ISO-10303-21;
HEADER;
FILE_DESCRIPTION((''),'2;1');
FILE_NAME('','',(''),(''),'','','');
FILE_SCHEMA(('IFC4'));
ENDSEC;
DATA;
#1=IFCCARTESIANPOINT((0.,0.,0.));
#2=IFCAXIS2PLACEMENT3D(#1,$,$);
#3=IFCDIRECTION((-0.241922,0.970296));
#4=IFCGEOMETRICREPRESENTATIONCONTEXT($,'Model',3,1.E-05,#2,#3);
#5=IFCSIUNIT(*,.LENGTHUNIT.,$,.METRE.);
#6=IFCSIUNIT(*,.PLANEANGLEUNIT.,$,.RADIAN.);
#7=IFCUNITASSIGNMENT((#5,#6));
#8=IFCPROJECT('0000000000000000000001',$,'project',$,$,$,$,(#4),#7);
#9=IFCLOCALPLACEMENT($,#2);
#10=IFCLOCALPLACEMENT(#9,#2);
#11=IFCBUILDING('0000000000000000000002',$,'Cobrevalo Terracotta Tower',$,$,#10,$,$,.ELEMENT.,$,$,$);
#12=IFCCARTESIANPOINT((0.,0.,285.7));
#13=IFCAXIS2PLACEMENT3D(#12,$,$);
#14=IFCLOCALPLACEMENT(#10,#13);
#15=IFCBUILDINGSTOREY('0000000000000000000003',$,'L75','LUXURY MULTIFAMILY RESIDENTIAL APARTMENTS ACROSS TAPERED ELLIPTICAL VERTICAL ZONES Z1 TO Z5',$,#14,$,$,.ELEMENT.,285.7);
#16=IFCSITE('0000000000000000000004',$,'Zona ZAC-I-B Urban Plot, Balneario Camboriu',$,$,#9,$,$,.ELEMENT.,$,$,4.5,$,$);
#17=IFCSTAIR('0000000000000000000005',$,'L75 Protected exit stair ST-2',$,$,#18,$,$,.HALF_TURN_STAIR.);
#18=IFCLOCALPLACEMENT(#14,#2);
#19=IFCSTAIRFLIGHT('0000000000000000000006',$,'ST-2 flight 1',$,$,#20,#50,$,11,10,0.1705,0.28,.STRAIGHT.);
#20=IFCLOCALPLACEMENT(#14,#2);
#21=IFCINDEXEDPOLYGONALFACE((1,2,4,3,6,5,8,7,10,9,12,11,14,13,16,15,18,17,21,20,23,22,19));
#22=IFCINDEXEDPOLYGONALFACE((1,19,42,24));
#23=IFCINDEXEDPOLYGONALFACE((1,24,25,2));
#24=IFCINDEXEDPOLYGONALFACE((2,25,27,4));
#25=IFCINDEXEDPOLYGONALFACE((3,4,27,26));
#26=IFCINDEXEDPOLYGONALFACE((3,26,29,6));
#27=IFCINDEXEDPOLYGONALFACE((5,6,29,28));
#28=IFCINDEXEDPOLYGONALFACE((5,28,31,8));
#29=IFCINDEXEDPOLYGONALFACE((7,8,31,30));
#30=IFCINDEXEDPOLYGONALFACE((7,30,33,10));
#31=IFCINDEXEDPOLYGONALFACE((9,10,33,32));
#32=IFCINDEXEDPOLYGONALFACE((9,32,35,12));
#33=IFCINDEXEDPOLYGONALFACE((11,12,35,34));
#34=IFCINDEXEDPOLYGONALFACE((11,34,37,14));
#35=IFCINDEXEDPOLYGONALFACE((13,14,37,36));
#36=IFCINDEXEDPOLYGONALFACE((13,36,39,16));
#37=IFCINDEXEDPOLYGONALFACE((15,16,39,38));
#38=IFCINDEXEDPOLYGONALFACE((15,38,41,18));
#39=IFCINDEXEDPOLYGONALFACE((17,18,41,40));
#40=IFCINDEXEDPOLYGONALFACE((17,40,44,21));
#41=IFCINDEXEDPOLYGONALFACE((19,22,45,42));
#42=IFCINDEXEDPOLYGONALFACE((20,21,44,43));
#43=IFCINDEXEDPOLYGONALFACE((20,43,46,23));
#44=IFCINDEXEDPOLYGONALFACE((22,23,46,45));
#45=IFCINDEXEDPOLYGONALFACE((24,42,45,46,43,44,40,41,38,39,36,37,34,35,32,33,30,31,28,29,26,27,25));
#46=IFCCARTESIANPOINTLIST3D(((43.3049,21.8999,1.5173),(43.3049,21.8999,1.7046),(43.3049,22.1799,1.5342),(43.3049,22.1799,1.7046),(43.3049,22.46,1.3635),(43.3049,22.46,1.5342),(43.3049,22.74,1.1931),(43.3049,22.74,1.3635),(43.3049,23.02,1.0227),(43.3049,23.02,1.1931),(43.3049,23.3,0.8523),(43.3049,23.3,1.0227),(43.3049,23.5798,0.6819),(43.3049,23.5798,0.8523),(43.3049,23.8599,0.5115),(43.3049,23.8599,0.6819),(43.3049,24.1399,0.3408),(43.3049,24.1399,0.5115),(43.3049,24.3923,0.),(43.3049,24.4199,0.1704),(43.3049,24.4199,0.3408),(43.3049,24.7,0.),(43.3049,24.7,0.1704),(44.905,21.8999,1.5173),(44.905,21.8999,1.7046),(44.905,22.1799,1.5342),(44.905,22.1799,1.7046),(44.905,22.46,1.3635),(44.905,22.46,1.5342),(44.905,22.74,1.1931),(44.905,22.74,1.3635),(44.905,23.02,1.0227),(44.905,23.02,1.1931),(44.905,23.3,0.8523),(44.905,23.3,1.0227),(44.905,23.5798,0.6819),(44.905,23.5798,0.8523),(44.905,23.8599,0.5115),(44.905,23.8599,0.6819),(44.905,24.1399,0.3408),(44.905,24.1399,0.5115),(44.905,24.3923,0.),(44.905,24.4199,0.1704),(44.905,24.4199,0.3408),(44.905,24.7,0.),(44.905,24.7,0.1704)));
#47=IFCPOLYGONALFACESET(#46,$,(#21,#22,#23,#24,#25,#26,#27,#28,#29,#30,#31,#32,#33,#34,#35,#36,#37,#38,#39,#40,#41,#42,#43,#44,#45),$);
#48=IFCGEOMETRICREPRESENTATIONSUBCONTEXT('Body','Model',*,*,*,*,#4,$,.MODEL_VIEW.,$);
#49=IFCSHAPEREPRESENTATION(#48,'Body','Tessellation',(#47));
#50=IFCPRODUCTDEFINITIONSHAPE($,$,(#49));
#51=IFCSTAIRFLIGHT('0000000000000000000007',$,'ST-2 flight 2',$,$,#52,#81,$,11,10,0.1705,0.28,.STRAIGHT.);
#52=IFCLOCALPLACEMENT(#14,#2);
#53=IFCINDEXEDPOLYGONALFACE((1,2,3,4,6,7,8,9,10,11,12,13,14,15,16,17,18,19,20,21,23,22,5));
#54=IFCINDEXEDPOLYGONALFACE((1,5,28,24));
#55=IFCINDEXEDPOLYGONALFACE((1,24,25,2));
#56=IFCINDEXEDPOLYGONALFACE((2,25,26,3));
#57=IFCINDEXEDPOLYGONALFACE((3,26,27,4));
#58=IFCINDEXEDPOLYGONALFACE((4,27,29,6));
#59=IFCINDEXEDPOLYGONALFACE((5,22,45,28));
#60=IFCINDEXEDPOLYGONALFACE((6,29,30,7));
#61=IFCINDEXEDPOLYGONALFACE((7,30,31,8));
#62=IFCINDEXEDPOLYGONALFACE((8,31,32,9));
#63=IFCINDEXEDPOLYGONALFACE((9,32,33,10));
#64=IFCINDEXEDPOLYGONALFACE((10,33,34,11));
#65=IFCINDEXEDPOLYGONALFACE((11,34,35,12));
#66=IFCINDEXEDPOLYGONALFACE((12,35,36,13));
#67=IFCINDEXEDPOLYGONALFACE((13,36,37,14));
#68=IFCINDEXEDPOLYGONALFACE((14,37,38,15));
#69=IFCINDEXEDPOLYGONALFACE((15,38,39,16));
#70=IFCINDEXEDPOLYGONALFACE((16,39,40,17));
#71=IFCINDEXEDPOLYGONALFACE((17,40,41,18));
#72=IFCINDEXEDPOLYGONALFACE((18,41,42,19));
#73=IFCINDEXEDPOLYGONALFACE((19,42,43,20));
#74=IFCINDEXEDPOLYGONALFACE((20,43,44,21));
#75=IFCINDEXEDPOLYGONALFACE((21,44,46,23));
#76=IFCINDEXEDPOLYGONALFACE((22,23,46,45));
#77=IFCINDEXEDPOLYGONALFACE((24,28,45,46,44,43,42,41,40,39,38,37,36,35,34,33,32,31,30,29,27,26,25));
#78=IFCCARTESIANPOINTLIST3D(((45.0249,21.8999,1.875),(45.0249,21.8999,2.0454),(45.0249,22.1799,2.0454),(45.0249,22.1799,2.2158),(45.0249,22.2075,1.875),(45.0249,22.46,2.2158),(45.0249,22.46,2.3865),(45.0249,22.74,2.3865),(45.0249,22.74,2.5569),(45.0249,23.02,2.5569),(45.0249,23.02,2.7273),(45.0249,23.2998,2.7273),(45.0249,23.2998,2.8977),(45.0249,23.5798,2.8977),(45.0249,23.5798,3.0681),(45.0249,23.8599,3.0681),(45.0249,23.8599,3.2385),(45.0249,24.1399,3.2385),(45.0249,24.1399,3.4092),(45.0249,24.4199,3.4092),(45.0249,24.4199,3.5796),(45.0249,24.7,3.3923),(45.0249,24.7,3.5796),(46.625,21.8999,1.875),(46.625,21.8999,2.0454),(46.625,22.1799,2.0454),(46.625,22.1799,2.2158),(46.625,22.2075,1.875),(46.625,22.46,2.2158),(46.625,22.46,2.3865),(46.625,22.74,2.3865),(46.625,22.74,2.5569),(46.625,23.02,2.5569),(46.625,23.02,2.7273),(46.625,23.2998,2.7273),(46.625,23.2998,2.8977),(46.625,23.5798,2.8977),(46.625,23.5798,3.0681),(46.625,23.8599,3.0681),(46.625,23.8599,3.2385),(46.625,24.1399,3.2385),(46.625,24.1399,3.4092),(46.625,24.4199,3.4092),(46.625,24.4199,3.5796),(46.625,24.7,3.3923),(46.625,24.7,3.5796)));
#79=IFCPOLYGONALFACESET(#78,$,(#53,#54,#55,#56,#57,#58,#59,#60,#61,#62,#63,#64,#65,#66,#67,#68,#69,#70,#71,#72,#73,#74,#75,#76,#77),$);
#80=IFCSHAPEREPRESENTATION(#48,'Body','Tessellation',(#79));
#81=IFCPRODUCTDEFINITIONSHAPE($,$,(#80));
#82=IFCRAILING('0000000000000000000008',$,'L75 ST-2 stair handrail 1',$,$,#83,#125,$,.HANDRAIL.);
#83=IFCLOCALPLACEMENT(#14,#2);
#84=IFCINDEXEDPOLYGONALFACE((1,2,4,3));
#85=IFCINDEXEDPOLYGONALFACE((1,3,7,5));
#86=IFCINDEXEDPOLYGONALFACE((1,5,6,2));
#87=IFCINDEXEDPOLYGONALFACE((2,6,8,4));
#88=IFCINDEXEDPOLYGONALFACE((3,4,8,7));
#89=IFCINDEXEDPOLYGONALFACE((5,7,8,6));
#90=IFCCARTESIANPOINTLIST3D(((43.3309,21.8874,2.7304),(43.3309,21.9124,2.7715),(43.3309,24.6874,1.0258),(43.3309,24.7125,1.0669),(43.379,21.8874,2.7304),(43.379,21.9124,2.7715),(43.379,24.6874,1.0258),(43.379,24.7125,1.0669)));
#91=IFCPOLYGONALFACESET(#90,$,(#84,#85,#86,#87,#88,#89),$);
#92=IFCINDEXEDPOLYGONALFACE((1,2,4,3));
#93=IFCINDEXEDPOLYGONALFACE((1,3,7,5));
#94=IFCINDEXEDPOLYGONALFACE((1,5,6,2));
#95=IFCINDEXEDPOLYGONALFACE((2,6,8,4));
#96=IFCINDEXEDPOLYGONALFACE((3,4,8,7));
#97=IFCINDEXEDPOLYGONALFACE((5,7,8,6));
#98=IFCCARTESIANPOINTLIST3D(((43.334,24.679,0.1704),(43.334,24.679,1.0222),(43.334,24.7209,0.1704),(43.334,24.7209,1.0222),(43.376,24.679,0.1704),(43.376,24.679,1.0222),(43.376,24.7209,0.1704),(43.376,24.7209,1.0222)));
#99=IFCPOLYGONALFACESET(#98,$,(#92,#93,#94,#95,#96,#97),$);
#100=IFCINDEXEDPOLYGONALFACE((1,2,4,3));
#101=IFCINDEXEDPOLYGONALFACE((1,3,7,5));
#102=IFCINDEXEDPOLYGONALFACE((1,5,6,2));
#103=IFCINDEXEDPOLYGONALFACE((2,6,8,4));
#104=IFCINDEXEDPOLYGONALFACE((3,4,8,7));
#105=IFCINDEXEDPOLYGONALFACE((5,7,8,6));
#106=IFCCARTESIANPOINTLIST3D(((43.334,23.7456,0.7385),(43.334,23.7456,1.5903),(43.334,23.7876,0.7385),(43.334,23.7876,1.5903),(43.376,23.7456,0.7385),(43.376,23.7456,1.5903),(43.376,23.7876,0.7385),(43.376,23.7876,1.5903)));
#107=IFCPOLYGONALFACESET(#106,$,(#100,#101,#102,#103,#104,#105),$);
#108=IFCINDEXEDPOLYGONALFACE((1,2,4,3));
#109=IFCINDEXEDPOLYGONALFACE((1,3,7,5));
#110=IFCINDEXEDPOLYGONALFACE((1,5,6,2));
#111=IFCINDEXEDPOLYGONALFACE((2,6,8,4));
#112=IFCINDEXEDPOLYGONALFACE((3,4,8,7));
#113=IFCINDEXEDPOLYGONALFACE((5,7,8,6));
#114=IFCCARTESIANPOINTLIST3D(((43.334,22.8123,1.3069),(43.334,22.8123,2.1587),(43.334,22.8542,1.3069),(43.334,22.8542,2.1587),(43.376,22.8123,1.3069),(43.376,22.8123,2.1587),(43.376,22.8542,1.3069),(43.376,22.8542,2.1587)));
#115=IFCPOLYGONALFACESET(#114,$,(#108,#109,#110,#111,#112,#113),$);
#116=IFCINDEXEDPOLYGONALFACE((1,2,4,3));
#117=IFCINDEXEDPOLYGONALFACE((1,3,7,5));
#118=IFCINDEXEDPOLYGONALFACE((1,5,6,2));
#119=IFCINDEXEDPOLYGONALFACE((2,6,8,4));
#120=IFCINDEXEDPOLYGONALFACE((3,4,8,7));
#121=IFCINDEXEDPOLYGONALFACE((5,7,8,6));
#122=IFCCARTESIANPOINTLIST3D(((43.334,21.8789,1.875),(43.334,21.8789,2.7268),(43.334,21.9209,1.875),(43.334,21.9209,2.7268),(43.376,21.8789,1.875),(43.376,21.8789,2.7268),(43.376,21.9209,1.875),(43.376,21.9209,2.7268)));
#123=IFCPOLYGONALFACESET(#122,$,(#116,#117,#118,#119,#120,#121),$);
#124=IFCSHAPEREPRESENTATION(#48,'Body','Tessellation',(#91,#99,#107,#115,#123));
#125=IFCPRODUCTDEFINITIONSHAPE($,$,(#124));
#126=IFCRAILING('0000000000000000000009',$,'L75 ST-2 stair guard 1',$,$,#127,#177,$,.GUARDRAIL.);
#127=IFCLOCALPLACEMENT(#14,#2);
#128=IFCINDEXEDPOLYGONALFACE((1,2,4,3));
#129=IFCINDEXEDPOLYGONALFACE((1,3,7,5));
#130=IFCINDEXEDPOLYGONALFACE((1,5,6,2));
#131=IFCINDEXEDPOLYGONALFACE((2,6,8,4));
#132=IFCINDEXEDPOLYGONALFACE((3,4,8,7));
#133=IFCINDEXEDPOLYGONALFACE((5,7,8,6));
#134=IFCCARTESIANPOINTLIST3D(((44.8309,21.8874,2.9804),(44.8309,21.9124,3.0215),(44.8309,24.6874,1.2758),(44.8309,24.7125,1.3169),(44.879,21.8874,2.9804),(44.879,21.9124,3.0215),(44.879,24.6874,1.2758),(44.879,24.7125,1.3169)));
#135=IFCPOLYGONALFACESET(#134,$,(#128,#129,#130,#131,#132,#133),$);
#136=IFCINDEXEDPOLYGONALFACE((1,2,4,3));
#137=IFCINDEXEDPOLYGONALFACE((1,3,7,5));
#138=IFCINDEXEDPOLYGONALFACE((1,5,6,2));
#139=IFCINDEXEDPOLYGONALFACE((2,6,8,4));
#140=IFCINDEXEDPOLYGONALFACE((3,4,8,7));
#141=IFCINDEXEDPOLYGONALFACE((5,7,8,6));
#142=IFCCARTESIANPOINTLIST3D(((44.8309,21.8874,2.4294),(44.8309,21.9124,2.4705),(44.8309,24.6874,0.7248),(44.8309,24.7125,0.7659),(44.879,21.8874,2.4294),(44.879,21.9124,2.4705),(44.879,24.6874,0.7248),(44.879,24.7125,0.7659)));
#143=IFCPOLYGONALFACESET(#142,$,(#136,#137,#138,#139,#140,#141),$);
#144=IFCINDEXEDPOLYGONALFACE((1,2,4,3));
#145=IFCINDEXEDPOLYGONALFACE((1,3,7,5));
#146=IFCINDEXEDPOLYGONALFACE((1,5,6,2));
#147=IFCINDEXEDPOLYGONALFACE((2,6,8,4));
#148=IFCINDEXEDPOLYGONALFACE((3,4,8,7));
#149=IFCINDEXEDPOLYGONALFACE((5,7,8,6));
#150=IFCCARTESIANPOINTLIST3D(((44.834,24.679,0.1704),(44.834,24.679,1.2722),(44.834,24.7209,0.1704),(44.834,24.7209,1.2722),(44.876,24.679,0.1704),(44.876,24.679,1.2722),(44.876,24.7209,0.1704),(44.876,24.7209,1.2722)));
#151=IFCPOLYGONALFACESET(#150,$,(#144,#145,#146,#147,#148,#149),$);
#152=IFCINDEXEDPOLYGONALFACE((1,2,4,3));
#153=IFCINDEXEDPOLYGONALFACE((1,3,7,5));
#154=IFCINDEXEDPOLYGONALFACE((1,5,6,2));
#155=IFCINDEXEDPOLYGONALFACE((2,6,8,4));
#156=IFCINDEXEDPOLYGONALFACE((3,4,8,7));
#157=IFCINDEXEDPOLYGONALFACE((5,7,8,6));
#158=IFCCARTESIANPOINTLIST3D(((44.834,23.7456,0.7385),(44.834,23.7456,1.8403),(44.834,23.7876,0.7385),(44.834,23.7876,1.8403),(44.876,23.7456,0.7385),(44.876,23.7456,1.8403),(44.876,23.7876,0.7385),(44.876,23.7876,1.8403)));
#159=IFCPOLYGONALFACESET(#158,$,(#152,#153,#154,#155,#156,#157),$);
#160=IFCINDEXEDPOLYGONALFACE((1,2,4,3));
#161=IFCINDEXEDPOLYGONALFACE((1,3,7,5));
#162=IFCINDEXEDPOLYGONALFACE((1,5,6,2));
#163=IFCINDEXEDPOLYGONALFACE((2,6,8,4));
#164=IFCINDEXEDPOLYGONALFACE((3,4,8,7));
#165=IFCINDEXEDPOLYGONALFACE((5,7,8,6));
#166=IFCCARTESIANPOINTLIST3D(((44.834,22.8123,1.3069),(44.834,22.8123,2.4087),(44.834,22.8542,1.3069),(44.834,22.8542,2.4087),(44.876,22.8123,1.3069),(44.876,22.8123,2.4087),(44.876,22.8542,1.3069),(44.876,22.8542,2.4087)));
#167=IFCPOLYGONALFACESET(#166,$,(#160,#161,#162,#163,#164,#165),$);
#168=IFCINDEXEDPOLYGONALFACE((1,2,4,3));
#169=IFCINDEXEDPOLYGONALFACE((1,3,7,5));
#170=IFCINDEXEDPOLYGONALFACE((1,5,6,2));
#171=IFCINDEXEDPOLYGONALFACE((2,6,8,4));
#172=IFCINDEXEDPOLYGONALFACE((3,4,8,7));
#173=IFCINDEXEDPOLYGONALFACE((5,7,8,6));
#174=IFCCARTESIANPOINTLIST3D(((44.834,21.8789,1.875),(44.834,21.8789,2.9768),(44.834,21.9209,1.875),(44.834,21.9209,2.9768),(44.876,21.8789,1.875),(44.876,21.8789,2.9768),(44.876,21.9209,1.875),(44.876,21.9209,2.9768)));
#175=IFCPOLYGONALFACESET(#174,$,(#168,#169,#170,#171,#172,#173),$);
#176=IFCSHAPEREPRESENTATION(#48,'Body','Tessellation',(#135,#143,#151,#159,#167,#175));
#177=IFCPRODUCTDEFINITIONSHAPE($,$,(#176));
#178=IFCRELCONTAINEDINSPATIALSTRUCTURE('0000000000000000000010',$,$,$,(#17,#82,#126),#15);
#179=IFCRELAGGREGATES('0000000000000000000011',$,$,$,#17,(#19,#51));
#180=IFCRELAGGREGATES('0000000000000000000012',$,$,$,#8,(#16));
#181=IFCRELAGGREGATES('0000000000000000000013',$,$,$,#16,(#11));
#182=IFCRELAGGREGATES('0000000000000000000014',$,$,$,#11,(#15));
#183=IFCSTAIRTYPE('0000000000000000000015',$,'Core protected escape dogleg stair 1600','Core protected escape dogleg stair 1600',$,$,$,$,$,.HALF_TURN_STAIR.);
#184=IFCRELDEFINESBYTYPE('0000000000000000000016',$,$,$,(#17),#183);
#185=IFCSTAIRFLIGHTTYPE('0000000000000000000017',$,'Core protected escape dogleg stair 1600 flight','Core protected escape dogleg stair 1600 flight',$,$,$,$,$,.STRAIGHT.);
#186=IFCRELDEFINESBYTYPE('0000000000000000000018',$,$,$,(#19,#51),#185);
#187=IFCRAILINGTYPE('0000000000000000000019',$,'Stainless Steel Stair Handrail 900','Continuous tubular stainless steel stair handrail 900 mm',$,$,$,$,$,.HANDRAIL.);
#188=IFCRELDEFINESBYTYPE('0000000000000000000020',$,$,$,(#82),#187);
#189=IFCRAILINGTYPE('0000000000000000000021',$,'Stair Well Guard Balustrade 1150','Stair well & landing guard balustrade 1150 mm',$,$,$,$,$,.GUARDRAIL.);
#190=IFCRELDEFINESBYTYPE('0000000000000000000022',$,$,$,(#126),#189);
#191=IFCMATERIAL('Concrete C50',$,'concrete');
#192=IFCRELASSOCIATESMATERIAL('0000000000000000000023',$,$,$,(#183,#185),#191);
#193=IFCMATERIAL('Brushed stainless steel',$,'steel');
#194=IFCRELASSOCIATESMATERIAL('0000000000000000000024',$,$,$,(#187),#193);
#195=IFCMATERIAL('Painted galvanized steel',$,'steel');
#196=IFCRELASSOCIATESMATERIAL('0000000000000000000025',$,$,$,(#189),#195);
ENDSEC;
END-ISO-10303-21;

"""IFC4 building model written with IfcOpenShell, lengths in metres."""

from ifc_helpers import new_model, si_unit, direction, frame, origin, origin_2d, place, context, subcontext, project, spatial, polyline, rectangle, outline, extrude, material, type_object, element, aggregate, save


model = new_model("IFC4")

# Units and contexts
model_context = context("Model", 3, precision=1e-05, world=origin(), true_north=direction((-0.241922, 0.970296)))
body_context = subcontext(model_context, "Body", "Model", "MODEL_VIEW")
ifc_project = project(units=[si_unit("LENGTHUNIT", "METRE"), si_unit("PLANEANGLEUNIT", "RADIAN")], contexts=[model_context])

# Site, building, storey
site_placement = place(None, origin())
site = spatial("IfcSite", under=ifc_project, at=site_placement, Name="Zona ZAC-I-B Urban Plot, Balneario Camboriu", CompositionType="ELEMENT", RefElevation=4.5)
building_placement = place(site_placement, origin())
building = spatial("IfcBuilding", under=site, at=building_placement, Name="Cobrevalo Terracotta Tower", CompositionType="ELEMENT")
storey_placement = place(building_placement, frame((0.0, 0.0, 285.7)))
storey = spatial("IfcBuildingStorey", under=building, at=storey_placement, Name="L75", Description="LUXURY MULTIFAMILY RESIDENTIAL APARTMENTS ACROSS TAPERED ELLIPTICAL VERTICAL ZONES Z1 TO Z5", CompositionType="ELEMENT", Elevation=285.7)

# Shared definitions
ifc_material_1 = material(Name="Concrete C50", Category="concrete")

# Stair, stair flights
stair_type = type_object("IfcStairType", Name="Core protected escape dogleg stair 1600", Description="Core protected escape dogleg stair 1600", PredefinedType="HALF_TURN_STAIR", material=ifc_material_1)
stair_placement = place(storey_placement, origin())
stair = element("IfcStair", 1, at=stair_placement, inside=storey, type_object=stair_type, Name="L75 Protected exit stair ST-2", PredefinedType="HALF_TURN_STAIR")
stair_flight_type = type_object("IfcStairFlightType", Name="Core protected escape dogleg stair 1600 flight", Description="Core protected escape dogleg stair 1600 flight", PredefinedType="STRAIGHT", material=ifc_material_1)
stair_flight_1_placement = place(storey_placement, frame((44.105, 24.7, 0.0), z_axis=(0.0, 0.0, 1.0), x_axis=(0.0, -1.0, 0.0)))
stair_flight_1 = element("IfcStairFlight", 2, at=stair_flight_1_placement, type_object=stair_flight_type, Name="ST-2 flight 1", NumberOfRisers=11, NumberOfTreads=10, PredefinedType="STRAIGHT", RiserHeight=0.1705, TreadLength=0.28, context=body_context, shape_type="SweptSolid", body=[
    extrude(outline(polyline([(0.0, 0.0), (0.0, 0.1704), (0.28, 0.1704), (0.28, 0.3408), (0.5601, 0.3408), (0.5601, 0.5115), (0.8401, 0.5115), (0.8401, 0.6819), (1.1201, 0.6819), (1.1201, 0.8523), (1.3999, 0.8523), (1.3999, 1.0227), (1.6799, 1.0227), (1.6799, 1.1931), (1.96, 1.1931), (1.96, 1.3635), (2.24, 1.3635), (2.24, 1.5342), (2.52, 1.5342), (2.52, 1.7046), (2.8, 1.7046), (2.8, 1.875), (2.8, 1.5173), (0.3076, 0.0), (0.0, 0.0)])), frame((0.0, 0.8, 0.0), z_axis=(0.0, -1.0, 0.0), x_axis=(1.0, 0.0, 0.0)), (0.0, 0.0, 1.0), 1.6001),
])
stair_flight_2_placement = place(storey_placement, frame((45.825, 21.8999, 1.875), z_axis=(0.0, 0.0, 1.0), x_axis=(0.0, 1.0, 0.0)))
stair_flight_2 = element("IfcStairFlight", 3, at=stair_flight_2_placement, type_object=stair_flight_type, Name="ST-2 flight 2", NumberOfRisers=11, NumberOfTreads=10, PredefinedType="STRAIGHT", RiserHeight=0.1705, TreadLength=0.28, context=body_context, shape_type="SweptSolid", body=[
    extrude(outline(polyline([(0.0, 0.0), (0.0, 0.1704), (0.28, 0.1704), (0.28, 0.3408), (0.5601, 0.3408), (0.5601, 0.5115), (0.8401, 0.5115), (0.8401, 0.6819), (1.1201, 0.6819), (1.1201, 0.8523), (1.3999, 0.8523), (1.3999, 1.0227), (1.6799, 1.0227), (1.6799, 1.1931), (1.96, 1.1931), (1.96, 1.3635), (2.24, 1.3635), (2.24, 1.5342), (2.52, 1.5342), (2.52, 1.7046), (2.8, 1.7046), (2.8, 1.875), (2.8, 1.5173), (0.3076, 0.0), (0.0, 0.0)])), frame((0.0, 0.8, 0.0), z_axis=(0.0, -1.0, 0.0), x_axis=(1.0, 0.0, 0.0)), (0.0, 0.0, 1.0), 1.6001),
])
aggregate(stair, [stair_flight_1, stair_flight_2])

# Railings
ifc_material_2 = material(Name="Brushed stainless steel", Category="steel")
railing_type_1 = type_object("IfcRailingType", Name="Stainless Steel Stair Handrail 900", Description="Continuous tubular stainless steel stair handrail 900 mm", PredefinedType="HANDRAIL", material=ifc_material_2)
railing_1_placement = place(storey_placement, frame((43.355, 24.7, 0.1704)))
element("IfcRailing", 4, at=railing_1_placement, inside=storey, type_object=railing_type_1, Name="L75 ST-2 stair handrail 1", PredefinedType="HANDRAIL", context=body_context, shape_type="SweptSolid", body=[
    extrude(rectangle(XDim=0.0481, YDim=0.0481, at=origin_2d()), frame((0.0, 0.0, 0.876), z_axis=(0.0, -0.85417, 0.519994), x_axis=(1.0, 0.0, 0.0)), (0.0, 0.0, 1.0), 3.2781),
    extrude(rectangle(XDim=0.042, YDim=0.042, at=origin_2d()), origin(), (0.0, 0.0, 1.0), 0.8518),
    extrude(rectangle(XDim=0.042, YDim=0.042, at=origin_2d()), frame((0.0, -0.9333, 0.5681)), (0.0, 0.0, 1.0), 0.8518),
    extrude(rectangle(XDim=0.042, YDim=0.042, at=origin_2d()), frame((0.0, -1.8667, 1.1365)), (0.0, 0.0, 1.0), 0.8518),
    extrude(rectangle(XDim=0.042, YDim=0.042, at=origin_2d()), frame((0.0, -2.8, 1.7046)), (0.0, 0.0, 1.0), 0.8518),
])
ifc_material_3 = material(Name="Painted galvanized steel", Category="steel")
railing_type_2 = type_object("IfcRailingType", Name="Stair Well Guard Balustrade 1150", Description="Stair well & landing guard balustrade 1150 mm", PredefinedType="GUARDRAIL", material=ifc_material_3)
railing_2_placement = place(storey_placement, frame((44.855, 24.7, 0.1704)))
element("IfcRailing", 5, at=railing_2_placement, inside=storey, type_object=railing_type_2, Name="L75 ST-2 stair guard 1", PredefinedType="GUARDRAIL", context=body_context, shape_type="SweptSolid", body=[
    extrude(rectangle(XDim=0.0481, YDim=0.0481, at=origin_2d()), frame((0.0, 0.0, 1.126), z_axis=(0.0, -0.85417, 0.519994), x_axis=(1.0, 0.0, 0.0)), (0.0, 0.0, 1.0), 3.2781),
    extrude(rectangle(XDim=0.0481, YDim=0.0481, at=origin_2d()), frame((0.0, 0.0, 0.575), z_axis=(0.0, -0.85417, 0.519994), x_axis=(1.0, 0.0, 0.0)), (0.0, 0.0, 1.0), 3.2781),
    extrude(rectangle(XDim=0.042, YDim=0.042, at=origin_2d()), origin(), (0.0, 0.0, 1.0), 1.1018),
    extrude(rectangle(XDim=0.042, YDim=0.042, at=origin_2d()), frame((0.0, -0.9333, 0.5681)), (0.0, 0.0, 1.0), 1.1018),
    extrude(rectangle(XDim=0.042, YDim=0.042, at=origin_2d()), frame((0.0, -1.8667, 1.1365)), (0.0, 0.0, 1.0), 1.1018),
    extrude(rectangle(XDim=0.042, YDim=0.042, at=origin_2d()), frame((0.0, -2.8, 1.7046)), (0.0, 0.0, 1.0), 1.1018),
])

save(model, "model.ifc")
